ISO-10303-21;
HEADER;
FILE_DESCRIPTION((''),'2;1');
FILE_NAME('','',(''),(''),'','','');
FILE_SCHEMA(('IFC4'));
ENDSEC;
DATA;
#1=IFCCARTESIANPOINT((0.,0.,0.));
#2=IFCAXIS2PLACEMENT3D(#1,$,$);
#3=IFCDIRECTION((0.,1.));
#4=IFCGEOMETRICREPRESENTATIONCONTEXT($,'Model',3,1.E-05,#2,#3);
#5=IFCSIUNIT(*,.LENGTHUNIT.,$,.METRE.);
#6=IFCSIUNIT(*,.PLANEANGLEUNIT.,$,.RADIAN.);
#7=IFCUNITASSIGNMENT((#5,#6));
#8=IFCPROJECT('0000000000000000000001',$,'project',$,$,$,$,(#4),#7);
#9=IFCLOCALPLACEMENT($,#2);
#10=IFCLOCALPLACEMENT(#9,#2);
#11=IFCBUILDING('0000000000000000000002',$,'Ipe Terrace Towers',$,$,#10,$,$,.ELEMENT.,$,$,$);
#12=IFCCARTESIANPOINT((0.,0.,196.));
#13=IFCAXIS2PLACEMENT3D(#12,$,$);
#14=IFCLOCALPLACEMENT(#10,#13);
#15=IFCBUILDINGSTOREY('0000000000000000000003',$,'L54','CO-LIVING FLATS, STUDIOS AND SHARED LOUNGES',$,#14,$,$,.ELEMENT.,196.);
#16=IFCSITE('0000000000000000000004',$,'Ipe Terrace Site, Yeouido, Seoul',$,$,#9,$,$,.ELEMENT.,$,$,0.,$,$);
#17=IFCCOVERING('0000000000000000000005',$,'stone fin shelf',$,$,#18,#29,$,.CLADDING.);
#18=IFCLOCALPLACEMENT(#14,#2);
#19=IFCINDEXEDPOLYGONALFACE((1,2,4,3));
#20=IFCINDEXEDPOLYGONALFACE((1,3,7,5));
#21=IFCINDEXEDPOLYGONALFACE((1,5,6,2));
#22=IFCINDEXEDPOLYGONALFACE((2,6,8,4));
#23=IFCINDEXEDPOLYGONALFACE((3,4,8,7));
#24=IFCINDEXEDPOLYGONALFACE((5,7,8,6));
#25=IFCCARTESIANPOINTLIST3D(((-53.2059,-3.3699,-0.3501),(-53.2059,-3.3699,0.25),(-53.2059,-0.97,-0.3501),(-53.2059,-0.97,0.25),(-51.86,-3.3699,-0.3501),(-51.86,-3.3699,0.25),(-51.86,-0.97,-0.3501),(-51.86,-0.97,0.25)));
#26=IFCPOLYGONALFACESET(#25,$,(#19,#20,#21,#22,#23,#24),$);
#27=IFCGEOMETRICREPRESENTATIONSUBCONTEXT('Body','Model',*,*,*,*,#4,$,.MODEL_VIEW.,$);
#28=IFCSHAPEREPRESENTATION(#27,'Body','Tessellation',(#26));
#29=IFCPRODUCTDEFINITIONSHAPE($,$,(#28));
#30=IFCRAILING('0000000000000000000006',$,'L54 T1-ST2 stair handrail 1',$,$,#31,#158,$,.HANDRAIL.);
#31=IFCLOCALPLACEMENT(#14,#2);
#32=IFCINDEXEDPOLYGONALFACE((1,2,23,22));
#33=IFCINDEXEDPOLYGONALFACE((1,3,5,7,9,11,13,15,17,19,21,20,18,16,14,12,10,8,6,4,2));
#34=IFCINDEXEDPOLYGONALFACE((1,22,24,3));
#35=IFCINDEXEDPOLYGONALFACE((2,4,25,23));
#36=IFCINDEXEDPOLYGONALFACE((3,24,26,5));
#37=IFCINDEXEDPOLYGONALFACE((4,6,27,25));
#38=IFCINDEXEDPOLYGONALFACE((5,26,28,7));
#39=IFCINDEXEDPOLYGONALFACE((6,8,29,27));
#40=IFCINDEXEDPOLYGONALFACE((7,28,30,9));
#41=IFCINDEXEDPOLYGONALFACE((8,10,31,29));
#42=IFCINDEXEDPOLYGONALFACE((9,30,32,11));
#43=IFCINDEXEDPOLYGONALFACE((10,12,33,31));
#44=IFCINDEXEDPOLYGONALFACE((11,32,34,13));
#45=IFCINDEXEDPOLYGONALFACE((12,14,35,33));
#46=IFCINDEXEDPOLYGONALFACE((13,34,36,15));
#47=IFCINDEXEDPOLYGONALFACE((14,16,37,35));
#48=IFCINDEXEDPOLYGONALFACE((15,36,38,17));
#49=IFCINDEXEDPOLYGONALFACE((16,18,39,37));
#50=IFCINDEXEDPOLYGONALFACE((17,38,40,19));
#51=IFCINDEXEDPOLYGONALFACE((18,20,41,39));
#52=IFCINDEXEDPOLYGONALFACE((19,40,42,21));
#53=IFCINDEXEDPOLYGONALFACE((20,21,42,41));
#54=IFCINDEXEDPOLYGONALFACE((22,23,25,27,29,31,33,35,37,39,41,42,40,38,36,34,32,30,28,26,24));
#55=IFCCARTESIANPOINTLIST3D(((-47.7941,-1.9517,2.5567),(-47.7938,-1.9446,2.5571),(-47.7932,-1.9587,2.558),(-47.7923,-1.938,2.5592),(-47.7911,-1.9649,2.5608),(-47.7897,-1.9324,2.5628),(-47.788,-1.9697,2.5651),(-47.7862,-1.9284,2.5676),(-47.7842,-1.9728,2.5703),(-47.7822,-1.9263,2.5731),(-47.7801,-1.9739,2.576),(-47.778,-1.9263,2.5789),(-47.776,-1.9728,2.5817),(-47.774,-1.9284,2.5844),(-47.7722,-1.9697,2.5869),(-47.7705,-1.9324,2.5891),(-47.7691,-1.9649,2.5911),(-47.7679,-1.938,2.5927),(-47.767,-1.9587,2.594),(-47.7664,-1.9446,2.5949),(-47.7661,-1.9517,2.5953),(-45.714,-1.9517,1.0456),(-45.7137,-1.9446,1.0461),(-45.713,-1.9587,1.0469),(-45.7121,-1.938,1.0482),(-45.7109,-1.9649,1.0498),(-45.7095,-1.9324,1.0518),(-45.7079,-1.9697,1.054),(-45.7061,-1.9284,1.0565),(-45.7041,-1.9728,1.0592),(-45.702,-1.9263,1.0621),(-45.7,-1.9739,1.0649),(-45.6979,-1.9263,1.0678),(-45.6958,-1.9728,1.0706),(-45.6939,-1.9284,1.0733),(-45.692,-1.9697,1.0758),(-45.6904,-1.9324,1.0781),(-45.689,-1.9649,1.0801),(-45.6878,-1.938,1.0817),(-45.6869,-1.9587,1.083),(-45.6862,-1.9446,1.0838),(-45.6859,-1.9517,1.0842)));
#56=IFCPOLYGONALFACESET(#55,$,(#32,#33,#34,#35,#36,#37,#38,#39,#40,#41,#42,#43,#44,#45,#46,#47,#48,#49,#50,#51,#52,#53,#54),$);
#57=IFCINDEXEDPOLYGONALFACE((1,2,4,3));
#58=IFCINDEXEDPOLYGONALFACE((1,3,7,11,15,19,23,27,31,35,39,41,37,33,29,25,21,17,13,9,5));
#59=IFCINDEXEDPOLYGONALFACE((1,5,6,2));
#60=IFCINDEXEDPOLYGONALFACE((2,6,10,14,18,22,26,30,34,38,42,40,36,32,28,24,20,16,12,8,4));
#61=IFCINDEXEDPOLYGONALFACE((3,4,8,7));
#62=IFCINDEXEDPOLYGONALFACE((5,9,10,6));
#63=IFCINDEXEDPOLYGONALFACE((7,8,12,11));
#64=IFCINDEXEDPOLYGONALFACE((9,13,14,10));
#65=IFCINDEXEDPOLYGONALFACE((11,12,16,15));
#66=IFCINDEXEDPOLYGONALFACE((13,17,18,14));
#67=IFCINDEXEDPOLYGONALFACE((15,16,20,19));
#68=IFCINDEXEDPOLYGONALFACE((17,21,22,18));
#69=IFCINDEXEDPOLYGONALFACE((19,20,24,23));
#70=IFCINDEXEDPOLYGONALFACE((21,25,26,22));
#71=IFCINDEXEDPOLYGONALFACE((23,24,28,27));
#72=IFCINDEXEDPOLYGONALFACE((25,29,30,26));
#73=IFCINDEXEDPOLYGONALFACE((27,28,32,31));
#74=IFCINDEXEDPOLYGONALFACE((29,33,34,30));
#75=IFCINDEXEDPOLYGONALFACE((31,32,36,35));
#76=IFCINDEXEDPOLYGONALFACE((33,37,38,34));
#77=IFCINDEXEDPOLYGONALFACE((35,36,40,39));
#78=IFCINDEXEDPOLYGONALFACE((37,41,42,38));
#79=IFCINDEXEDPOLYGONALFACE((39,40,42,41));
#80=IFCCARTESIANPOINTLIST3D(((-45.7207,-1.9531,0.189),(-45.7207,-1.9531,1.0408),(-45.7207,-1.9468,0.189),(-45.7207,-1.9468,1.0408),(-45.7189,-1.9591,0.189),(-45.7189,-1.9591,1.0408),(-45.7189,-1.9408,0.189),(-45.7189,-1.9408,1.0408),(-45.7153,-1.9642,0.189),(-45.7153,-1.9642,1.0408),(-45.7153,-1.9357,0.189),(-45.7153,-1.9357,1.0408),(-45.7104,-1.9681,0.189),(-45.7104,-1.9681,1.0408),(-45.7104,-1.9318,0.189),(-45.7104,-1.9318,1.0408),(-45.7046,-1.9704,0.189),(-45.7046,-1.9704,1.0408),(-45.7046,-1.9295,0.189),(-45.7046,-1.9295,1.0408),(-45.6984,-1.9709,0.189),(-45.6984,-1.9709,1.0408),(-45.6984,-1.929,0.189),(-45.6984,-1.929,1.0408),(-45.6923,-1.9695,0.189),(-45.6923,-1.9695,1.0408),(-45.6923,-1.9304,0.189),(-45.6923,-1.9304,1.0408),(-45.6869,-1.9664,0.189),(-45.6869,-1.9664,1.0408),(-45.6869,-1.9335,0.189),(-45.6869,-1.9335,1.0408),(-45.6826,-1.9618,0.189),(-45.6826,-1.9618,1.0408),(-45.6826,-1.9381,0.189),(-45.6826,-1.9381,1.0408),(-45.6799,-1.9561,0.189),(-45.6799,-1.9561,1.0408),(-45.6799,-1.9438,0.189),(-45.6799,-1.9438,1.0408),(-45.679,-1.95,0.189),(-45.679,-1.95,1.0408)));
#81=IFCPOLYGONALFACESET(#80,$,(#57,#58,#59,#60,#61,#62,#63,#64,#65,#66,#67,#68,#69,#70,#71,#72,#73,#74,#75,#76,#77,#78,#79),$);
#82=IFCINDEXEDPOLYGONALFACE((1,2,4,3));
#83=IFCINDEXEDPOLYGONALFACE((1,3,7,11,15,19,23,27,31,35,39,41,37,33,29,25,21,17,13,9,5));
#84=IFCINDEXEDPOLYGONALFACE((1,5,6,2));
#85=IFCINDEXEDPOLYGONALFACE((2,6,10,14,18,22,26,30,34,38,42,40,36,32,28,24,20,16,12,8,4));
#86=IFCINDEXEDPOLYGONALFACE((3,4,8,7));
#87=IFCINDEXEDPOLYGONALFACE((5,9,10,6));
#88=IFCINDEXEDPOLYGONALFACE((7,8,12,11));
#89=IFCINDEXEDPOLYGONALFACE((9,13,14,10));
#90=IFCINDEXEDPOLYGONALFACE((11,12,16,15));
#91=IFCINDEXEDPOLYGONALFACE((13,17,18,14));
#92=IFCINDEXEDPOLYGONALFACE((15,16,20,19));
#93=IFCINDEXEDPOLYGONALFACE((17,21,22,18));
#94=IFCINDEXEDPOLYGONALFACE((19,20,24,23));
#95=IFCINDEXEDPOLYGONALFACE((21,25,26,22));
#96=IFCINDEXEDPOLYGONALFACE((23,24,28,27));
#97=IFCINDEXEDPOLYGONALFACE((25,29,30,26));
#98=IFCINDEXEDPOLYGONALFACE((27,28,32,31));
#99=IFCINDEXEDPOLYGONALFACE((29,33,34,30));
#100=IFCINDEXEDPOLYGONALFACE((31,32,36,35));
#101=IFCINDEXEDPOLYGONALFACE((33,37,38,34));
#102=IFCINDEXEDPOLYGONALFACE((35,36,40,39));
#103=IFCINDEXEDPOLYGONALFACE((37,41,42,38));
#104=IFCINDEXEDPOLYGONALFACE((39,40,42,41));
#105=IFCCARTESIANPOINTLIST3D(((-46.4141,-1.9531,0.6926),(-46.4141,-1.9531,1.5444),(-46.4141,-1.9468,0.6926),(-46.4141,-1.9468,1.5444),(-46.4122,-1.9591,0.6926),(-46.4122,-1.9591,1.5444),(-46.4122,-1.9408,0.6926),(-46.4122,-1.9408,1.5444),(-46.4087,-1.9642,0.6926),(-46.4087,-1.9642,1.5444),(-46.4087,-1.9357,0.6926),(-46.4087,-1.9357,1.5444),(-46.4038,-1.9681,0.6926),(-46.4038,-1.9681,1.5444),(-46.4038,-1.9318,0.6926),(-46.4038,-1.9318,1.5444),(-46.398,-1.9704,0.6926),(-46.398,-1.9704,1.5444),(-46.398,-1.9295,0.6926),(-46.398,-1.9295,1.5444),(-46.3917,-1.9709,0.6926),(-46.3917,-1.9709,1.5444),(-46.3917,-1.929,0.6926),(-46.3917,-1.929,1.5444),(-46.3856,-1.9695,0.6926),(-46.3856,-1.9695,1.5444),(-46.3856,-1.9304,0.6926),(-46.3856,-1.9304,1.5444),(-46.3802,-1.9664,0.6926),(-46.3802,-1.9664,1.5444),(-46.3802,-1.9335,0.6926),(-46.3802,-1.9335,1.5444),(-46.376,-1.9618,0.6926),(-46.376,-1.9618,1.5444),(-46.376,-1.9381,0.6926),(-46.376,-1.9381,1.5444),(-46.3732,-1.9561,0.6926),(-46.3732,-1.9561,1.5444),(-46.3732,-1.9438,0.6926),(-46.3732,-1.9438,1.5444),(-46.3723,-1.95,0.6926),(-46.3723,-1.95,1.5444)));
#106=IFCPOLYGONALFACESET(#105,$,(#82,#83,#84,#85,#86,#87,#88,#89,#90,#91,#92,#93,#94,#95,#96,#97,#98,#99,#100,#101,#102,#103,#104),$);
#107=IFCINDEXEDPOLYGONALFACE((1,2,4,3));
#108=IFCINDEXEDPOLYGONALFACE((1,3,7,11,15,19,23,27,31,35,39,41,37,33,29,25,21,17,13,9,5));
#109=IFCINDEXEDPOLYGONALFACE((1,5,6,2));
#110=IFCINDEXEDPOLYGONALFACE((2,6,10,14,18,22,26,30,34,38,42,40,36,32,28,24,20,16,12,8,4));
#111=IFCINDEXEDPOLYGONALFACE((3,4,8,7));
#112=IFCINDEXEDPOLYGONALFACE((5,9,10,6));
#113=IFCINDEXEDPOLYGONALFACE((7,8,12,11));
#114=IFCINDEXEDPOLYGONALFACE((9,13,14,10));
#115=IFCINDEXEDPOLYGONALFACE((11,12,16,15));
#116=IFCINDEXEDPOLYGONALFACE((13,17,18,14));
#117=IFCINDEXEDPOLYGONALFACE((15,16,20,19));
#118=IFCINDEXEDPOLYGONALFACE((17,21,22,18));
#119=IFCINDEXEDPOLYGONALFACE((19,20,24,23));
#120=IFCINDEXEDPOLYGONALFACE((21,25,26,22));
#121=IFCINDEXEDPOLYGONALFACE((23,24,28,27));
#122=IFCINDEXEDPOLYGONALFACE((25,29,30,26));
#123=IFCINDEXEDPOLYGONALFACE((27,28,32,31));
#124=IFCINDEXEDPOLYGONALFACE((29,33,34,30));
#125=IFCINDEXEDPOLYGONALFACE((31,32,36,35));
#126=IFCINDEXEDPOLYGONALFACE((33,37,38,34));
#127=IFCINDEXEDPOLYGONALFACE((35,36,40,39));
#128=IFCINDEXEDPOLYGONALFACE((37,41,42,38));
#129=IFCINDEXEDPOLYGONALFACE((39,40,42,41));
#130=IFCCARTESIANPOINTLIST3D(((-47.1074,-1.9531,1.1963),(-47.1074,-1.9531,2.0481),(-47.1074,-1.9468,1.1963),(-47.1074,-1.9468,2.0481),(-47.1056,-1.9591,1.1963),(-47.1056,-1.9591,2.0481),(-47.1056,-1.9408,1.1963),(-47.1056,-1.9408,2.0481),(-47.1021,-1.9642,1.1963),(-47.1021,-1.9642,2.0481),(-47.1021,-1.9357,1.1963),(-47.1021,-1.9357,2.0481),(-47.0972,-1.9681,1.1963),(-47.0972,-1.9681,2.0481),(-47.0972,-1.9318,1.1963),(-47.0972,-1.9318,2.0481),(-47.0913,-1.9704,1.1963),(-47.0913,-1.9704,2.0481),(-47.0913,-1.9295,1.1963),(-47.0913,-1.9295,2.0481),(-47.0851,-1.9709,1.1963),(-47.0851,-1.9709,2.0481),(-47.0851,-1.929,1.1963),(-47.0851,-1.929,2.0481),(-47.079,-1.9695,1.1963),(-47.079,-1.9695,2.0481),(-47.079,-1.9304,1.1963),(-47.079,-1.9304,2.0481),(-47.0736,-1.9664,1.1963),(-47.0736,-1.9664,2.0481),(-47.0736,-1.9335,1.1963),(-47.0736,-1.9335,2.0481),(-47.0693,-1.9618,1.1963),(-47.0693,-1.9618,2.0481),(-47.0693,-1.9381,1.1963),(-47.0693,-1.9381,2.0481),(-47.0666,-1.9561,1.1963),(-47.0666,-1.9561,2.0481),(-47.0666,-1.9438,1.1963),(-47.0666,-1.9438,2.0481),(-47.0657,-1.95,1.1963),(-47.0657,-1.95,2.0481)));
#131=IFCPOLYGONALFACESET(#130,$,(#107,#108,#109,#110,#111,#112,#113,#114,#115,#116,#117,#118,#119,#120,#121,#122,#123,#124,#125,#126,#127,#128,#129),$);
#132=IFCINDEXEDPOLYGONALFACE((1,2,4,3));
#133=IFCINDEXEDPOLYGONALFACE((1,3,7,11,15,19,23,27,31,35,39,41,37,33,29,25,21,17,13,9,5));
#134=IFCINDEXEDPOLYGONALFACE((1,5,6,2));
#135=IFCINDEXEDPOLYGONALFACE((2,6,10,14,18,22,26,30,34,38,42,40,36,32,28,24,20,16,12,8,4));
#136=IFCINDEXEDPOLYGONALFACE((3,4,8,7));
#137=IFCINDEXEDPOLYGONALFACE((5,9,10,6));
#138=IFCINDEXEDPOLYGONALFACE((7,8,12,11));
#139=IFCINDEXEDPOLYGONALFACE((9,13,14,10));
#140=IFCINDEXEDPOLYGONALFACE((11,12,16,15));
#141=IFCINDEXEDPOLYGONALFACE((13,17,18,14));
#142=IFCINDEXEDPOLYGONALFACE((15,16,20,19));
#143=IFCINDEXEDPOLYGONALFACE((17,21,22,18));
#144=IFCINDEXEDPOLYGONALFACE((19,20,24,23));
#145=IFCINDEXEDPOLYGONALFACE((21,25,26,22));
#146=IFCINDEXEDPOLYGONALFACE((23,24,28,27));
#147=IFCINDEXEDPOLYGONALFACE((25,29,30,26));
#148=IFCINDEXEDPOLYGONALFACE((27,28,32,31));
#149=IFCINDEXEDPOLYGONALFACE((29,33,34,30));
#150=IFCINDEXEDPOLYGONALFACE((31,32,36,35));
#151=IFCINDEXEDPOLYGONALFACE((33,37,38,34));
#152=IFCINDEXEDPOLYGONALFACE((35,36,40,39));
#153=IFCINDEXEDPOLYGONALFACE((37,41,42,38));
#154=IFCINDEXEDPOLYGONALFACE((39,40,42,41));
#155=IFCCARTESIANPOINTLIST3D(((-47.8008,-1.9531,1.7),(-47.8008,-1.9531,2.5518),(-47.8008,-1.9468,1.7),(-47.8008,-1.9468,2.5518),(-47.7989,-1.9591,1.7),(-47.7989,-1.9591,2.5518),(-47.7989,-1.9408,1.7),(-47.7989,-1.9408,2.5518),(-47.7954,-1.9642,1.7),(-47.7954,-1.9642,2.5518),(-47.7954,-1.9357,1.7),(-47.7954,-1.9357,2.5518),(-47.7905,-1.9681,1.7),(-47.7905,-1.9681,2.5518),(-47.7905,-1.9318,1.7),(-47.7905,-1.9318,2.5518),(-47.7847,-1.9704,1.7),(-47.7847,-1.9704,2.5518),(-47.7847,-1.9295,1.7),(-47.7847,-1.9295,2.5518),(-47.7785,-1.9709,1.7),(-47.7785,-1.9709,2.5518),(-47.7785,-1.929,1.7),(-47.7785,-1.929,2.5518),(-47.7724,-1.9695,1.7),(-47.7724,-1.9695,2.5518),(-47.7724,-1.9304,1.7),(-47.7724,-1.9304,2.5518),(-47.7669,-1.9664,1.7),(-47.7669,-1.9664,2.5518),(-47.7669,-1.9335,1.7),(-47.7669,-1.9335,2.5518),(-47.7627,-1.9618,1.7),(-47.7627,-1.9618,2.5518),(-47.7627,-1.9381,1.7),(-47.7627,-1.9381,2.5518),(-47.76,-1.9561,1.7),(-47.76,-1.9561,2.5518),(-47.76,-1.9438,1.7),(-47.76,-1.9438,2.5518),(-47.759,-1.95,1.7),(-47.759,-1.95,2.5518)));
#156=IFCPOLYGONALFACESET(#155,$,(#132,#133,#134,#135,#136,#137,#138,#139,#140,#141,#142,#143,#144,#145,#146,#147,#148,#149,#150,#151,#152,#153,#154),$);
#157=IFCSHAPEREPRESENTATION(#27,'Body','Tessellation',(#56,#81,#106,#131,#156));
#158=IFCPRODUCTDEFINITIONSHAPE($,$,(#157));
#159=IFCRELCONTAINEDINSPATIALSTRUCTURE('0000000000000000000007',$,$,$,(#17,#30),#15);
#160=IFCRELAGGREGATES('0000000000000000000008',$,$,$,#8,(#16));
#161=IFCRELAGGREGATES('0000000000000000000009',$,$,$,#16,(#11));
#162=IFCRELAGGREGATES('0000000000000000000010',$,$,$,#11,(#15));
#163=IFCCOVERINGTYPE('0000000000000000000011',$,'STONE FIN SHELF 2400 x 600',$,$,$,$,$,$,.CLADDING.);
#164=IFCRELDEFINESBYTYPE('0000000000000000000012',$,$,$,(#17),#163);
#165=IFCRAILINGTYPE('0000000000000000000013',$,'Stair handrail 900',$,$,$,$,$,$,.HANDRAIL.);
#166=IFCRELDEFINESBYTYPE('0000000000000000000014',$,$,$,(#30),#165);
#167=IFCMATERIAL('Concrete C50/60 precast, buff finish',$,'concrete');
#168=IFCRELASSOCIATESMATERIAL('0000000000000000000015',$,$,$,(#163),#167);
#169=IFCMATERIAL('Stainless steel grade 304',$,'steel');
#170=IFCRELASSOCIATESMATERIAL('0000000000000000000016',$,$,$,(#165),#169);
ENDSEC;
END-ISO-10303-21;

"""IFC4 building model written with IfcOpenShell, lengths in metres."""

from ifc_helpers import new_model, si_unit, direction, frame, origin, origin_2d, place, context, subcontext, project, spatial, rectangle, circle, extrude, material, type_object, element, save


model = new_model("IFC4")

# Units and contexts
model_context = context("Model", 3, precision=1e-05, world=origin(), true_north=direction((0.0, 1.0)))
body_context = subcontext(model_context, "Body", "Model", "MODEL_VIEW")
ifc_project = project(units=[si_unit("LENGTHUNIT", "METRE"), si_unit("PLANEANGLEUNIT", "RADIAN")], contexts=[model_context])

# Site, building, storey
site_placement = place(None, origin())
site = spatial("IfcSite", under=ifc_project, at=site_placement, Name="Ipe Terrace Site, Yeouido, Seoul", CompositionType="ELEMENT", RefElevation=0.0)
building_placement = place(site_placement, origin())
building = spatial("IfcBuilding", under=site, at=building_placement, Name="Ipe Terrace Towers", CompositionType="ELEMENT")
storey_placement = place(building_placement, frame((0.0, 0.0, 196.0)))
storey = spatial("IfcBuildingStorey", under=building, at=storey_placement, Name="L54", Description="CO-LIVING FLATS, STUDIOS AND SHARED LOUNGES", CompositionType="ELEMENT", Elevation=196.0)

# Covering
ifc_material_1 = material(Name="Concrete C50/60 precast, buff finish", Category="concrete")
covering_type_1 = type_object("IfcCoveringType", Name="STONE FIN SHELF 2400 x 600", PredefinedType="CLADDING", material=ifc_material_1)
covering_1_placement = place(storey_placement, frame((-52.533, -2.1699, -0.3501), z_axis=(0.0, 0.0, 1.0), x_axis=(0.0, -1.0, 0.0)))
element("IfcCovering", 1, at=covering_1_placement, inside=storey, type_object=covering_type_1, Name="stone fin shelf", PredefinedType="CLADDING", context=body_context, shape_type="SweptSolid", body=[
    extrude(rectangle(XDim=2.3999, YDim=1.3459, at=origin_2d()), origin(), (0.0, 0.0, 1.0), 0.6001),
])

# Railing
ifc_material_2 = material(Name="Stainless steel grade 304", Category="steel")
railing_type_1 = type_object("IfcRailingType", Name="Stair handrail 900", PredefinedType="HANDRAIL", material=ifc_material_2)
railing_1_placement = place(storey_placement, frame((-45.7, -1.95, 0.189)))
element("IfcRailing", 2, at=railing_1_placement, inside=storey, type_object=railing_type_1, Name="L54 T1-ST2 stair handrail 1", PredefinedType="HANDRAIL", context=body_context, shape_type="SweptSolid", body=[
    extrude(circle(Radius=0.0239, at=origin_2d()), frame((0.0, 0.0, 0.876), z_axis=(-0.809069, 0.0, 0.587714), x_axis=(0.0, -1.0, 0.0)), (0.0, 0.0, 1.0), 2.571),
    extrude(circle(Radius=0.021, at=origin_2d()), origin(), (0.0, 0.0, 1.0), 0.8518),
    extrude(circle(Radius=0.021, at=origin_2d()), frame((-0.6934, 0.0, 0.5037)), (0.0, 0.0, 1.0), 0.8518),
    extrude(circle(Radius=0.021, at=origin_2d()), frame((-1.3867, 0.0, 1.0073)), (0.0, 0.0, 1.0), 0.8518),
    extrude(circle(Radius=0.021, at=origin_2d()), frame((-2.0801, 0.0, 1.511)), (0.0, 0.0, 1.0), 0.8518),
])

save(model, "model.ifc")
